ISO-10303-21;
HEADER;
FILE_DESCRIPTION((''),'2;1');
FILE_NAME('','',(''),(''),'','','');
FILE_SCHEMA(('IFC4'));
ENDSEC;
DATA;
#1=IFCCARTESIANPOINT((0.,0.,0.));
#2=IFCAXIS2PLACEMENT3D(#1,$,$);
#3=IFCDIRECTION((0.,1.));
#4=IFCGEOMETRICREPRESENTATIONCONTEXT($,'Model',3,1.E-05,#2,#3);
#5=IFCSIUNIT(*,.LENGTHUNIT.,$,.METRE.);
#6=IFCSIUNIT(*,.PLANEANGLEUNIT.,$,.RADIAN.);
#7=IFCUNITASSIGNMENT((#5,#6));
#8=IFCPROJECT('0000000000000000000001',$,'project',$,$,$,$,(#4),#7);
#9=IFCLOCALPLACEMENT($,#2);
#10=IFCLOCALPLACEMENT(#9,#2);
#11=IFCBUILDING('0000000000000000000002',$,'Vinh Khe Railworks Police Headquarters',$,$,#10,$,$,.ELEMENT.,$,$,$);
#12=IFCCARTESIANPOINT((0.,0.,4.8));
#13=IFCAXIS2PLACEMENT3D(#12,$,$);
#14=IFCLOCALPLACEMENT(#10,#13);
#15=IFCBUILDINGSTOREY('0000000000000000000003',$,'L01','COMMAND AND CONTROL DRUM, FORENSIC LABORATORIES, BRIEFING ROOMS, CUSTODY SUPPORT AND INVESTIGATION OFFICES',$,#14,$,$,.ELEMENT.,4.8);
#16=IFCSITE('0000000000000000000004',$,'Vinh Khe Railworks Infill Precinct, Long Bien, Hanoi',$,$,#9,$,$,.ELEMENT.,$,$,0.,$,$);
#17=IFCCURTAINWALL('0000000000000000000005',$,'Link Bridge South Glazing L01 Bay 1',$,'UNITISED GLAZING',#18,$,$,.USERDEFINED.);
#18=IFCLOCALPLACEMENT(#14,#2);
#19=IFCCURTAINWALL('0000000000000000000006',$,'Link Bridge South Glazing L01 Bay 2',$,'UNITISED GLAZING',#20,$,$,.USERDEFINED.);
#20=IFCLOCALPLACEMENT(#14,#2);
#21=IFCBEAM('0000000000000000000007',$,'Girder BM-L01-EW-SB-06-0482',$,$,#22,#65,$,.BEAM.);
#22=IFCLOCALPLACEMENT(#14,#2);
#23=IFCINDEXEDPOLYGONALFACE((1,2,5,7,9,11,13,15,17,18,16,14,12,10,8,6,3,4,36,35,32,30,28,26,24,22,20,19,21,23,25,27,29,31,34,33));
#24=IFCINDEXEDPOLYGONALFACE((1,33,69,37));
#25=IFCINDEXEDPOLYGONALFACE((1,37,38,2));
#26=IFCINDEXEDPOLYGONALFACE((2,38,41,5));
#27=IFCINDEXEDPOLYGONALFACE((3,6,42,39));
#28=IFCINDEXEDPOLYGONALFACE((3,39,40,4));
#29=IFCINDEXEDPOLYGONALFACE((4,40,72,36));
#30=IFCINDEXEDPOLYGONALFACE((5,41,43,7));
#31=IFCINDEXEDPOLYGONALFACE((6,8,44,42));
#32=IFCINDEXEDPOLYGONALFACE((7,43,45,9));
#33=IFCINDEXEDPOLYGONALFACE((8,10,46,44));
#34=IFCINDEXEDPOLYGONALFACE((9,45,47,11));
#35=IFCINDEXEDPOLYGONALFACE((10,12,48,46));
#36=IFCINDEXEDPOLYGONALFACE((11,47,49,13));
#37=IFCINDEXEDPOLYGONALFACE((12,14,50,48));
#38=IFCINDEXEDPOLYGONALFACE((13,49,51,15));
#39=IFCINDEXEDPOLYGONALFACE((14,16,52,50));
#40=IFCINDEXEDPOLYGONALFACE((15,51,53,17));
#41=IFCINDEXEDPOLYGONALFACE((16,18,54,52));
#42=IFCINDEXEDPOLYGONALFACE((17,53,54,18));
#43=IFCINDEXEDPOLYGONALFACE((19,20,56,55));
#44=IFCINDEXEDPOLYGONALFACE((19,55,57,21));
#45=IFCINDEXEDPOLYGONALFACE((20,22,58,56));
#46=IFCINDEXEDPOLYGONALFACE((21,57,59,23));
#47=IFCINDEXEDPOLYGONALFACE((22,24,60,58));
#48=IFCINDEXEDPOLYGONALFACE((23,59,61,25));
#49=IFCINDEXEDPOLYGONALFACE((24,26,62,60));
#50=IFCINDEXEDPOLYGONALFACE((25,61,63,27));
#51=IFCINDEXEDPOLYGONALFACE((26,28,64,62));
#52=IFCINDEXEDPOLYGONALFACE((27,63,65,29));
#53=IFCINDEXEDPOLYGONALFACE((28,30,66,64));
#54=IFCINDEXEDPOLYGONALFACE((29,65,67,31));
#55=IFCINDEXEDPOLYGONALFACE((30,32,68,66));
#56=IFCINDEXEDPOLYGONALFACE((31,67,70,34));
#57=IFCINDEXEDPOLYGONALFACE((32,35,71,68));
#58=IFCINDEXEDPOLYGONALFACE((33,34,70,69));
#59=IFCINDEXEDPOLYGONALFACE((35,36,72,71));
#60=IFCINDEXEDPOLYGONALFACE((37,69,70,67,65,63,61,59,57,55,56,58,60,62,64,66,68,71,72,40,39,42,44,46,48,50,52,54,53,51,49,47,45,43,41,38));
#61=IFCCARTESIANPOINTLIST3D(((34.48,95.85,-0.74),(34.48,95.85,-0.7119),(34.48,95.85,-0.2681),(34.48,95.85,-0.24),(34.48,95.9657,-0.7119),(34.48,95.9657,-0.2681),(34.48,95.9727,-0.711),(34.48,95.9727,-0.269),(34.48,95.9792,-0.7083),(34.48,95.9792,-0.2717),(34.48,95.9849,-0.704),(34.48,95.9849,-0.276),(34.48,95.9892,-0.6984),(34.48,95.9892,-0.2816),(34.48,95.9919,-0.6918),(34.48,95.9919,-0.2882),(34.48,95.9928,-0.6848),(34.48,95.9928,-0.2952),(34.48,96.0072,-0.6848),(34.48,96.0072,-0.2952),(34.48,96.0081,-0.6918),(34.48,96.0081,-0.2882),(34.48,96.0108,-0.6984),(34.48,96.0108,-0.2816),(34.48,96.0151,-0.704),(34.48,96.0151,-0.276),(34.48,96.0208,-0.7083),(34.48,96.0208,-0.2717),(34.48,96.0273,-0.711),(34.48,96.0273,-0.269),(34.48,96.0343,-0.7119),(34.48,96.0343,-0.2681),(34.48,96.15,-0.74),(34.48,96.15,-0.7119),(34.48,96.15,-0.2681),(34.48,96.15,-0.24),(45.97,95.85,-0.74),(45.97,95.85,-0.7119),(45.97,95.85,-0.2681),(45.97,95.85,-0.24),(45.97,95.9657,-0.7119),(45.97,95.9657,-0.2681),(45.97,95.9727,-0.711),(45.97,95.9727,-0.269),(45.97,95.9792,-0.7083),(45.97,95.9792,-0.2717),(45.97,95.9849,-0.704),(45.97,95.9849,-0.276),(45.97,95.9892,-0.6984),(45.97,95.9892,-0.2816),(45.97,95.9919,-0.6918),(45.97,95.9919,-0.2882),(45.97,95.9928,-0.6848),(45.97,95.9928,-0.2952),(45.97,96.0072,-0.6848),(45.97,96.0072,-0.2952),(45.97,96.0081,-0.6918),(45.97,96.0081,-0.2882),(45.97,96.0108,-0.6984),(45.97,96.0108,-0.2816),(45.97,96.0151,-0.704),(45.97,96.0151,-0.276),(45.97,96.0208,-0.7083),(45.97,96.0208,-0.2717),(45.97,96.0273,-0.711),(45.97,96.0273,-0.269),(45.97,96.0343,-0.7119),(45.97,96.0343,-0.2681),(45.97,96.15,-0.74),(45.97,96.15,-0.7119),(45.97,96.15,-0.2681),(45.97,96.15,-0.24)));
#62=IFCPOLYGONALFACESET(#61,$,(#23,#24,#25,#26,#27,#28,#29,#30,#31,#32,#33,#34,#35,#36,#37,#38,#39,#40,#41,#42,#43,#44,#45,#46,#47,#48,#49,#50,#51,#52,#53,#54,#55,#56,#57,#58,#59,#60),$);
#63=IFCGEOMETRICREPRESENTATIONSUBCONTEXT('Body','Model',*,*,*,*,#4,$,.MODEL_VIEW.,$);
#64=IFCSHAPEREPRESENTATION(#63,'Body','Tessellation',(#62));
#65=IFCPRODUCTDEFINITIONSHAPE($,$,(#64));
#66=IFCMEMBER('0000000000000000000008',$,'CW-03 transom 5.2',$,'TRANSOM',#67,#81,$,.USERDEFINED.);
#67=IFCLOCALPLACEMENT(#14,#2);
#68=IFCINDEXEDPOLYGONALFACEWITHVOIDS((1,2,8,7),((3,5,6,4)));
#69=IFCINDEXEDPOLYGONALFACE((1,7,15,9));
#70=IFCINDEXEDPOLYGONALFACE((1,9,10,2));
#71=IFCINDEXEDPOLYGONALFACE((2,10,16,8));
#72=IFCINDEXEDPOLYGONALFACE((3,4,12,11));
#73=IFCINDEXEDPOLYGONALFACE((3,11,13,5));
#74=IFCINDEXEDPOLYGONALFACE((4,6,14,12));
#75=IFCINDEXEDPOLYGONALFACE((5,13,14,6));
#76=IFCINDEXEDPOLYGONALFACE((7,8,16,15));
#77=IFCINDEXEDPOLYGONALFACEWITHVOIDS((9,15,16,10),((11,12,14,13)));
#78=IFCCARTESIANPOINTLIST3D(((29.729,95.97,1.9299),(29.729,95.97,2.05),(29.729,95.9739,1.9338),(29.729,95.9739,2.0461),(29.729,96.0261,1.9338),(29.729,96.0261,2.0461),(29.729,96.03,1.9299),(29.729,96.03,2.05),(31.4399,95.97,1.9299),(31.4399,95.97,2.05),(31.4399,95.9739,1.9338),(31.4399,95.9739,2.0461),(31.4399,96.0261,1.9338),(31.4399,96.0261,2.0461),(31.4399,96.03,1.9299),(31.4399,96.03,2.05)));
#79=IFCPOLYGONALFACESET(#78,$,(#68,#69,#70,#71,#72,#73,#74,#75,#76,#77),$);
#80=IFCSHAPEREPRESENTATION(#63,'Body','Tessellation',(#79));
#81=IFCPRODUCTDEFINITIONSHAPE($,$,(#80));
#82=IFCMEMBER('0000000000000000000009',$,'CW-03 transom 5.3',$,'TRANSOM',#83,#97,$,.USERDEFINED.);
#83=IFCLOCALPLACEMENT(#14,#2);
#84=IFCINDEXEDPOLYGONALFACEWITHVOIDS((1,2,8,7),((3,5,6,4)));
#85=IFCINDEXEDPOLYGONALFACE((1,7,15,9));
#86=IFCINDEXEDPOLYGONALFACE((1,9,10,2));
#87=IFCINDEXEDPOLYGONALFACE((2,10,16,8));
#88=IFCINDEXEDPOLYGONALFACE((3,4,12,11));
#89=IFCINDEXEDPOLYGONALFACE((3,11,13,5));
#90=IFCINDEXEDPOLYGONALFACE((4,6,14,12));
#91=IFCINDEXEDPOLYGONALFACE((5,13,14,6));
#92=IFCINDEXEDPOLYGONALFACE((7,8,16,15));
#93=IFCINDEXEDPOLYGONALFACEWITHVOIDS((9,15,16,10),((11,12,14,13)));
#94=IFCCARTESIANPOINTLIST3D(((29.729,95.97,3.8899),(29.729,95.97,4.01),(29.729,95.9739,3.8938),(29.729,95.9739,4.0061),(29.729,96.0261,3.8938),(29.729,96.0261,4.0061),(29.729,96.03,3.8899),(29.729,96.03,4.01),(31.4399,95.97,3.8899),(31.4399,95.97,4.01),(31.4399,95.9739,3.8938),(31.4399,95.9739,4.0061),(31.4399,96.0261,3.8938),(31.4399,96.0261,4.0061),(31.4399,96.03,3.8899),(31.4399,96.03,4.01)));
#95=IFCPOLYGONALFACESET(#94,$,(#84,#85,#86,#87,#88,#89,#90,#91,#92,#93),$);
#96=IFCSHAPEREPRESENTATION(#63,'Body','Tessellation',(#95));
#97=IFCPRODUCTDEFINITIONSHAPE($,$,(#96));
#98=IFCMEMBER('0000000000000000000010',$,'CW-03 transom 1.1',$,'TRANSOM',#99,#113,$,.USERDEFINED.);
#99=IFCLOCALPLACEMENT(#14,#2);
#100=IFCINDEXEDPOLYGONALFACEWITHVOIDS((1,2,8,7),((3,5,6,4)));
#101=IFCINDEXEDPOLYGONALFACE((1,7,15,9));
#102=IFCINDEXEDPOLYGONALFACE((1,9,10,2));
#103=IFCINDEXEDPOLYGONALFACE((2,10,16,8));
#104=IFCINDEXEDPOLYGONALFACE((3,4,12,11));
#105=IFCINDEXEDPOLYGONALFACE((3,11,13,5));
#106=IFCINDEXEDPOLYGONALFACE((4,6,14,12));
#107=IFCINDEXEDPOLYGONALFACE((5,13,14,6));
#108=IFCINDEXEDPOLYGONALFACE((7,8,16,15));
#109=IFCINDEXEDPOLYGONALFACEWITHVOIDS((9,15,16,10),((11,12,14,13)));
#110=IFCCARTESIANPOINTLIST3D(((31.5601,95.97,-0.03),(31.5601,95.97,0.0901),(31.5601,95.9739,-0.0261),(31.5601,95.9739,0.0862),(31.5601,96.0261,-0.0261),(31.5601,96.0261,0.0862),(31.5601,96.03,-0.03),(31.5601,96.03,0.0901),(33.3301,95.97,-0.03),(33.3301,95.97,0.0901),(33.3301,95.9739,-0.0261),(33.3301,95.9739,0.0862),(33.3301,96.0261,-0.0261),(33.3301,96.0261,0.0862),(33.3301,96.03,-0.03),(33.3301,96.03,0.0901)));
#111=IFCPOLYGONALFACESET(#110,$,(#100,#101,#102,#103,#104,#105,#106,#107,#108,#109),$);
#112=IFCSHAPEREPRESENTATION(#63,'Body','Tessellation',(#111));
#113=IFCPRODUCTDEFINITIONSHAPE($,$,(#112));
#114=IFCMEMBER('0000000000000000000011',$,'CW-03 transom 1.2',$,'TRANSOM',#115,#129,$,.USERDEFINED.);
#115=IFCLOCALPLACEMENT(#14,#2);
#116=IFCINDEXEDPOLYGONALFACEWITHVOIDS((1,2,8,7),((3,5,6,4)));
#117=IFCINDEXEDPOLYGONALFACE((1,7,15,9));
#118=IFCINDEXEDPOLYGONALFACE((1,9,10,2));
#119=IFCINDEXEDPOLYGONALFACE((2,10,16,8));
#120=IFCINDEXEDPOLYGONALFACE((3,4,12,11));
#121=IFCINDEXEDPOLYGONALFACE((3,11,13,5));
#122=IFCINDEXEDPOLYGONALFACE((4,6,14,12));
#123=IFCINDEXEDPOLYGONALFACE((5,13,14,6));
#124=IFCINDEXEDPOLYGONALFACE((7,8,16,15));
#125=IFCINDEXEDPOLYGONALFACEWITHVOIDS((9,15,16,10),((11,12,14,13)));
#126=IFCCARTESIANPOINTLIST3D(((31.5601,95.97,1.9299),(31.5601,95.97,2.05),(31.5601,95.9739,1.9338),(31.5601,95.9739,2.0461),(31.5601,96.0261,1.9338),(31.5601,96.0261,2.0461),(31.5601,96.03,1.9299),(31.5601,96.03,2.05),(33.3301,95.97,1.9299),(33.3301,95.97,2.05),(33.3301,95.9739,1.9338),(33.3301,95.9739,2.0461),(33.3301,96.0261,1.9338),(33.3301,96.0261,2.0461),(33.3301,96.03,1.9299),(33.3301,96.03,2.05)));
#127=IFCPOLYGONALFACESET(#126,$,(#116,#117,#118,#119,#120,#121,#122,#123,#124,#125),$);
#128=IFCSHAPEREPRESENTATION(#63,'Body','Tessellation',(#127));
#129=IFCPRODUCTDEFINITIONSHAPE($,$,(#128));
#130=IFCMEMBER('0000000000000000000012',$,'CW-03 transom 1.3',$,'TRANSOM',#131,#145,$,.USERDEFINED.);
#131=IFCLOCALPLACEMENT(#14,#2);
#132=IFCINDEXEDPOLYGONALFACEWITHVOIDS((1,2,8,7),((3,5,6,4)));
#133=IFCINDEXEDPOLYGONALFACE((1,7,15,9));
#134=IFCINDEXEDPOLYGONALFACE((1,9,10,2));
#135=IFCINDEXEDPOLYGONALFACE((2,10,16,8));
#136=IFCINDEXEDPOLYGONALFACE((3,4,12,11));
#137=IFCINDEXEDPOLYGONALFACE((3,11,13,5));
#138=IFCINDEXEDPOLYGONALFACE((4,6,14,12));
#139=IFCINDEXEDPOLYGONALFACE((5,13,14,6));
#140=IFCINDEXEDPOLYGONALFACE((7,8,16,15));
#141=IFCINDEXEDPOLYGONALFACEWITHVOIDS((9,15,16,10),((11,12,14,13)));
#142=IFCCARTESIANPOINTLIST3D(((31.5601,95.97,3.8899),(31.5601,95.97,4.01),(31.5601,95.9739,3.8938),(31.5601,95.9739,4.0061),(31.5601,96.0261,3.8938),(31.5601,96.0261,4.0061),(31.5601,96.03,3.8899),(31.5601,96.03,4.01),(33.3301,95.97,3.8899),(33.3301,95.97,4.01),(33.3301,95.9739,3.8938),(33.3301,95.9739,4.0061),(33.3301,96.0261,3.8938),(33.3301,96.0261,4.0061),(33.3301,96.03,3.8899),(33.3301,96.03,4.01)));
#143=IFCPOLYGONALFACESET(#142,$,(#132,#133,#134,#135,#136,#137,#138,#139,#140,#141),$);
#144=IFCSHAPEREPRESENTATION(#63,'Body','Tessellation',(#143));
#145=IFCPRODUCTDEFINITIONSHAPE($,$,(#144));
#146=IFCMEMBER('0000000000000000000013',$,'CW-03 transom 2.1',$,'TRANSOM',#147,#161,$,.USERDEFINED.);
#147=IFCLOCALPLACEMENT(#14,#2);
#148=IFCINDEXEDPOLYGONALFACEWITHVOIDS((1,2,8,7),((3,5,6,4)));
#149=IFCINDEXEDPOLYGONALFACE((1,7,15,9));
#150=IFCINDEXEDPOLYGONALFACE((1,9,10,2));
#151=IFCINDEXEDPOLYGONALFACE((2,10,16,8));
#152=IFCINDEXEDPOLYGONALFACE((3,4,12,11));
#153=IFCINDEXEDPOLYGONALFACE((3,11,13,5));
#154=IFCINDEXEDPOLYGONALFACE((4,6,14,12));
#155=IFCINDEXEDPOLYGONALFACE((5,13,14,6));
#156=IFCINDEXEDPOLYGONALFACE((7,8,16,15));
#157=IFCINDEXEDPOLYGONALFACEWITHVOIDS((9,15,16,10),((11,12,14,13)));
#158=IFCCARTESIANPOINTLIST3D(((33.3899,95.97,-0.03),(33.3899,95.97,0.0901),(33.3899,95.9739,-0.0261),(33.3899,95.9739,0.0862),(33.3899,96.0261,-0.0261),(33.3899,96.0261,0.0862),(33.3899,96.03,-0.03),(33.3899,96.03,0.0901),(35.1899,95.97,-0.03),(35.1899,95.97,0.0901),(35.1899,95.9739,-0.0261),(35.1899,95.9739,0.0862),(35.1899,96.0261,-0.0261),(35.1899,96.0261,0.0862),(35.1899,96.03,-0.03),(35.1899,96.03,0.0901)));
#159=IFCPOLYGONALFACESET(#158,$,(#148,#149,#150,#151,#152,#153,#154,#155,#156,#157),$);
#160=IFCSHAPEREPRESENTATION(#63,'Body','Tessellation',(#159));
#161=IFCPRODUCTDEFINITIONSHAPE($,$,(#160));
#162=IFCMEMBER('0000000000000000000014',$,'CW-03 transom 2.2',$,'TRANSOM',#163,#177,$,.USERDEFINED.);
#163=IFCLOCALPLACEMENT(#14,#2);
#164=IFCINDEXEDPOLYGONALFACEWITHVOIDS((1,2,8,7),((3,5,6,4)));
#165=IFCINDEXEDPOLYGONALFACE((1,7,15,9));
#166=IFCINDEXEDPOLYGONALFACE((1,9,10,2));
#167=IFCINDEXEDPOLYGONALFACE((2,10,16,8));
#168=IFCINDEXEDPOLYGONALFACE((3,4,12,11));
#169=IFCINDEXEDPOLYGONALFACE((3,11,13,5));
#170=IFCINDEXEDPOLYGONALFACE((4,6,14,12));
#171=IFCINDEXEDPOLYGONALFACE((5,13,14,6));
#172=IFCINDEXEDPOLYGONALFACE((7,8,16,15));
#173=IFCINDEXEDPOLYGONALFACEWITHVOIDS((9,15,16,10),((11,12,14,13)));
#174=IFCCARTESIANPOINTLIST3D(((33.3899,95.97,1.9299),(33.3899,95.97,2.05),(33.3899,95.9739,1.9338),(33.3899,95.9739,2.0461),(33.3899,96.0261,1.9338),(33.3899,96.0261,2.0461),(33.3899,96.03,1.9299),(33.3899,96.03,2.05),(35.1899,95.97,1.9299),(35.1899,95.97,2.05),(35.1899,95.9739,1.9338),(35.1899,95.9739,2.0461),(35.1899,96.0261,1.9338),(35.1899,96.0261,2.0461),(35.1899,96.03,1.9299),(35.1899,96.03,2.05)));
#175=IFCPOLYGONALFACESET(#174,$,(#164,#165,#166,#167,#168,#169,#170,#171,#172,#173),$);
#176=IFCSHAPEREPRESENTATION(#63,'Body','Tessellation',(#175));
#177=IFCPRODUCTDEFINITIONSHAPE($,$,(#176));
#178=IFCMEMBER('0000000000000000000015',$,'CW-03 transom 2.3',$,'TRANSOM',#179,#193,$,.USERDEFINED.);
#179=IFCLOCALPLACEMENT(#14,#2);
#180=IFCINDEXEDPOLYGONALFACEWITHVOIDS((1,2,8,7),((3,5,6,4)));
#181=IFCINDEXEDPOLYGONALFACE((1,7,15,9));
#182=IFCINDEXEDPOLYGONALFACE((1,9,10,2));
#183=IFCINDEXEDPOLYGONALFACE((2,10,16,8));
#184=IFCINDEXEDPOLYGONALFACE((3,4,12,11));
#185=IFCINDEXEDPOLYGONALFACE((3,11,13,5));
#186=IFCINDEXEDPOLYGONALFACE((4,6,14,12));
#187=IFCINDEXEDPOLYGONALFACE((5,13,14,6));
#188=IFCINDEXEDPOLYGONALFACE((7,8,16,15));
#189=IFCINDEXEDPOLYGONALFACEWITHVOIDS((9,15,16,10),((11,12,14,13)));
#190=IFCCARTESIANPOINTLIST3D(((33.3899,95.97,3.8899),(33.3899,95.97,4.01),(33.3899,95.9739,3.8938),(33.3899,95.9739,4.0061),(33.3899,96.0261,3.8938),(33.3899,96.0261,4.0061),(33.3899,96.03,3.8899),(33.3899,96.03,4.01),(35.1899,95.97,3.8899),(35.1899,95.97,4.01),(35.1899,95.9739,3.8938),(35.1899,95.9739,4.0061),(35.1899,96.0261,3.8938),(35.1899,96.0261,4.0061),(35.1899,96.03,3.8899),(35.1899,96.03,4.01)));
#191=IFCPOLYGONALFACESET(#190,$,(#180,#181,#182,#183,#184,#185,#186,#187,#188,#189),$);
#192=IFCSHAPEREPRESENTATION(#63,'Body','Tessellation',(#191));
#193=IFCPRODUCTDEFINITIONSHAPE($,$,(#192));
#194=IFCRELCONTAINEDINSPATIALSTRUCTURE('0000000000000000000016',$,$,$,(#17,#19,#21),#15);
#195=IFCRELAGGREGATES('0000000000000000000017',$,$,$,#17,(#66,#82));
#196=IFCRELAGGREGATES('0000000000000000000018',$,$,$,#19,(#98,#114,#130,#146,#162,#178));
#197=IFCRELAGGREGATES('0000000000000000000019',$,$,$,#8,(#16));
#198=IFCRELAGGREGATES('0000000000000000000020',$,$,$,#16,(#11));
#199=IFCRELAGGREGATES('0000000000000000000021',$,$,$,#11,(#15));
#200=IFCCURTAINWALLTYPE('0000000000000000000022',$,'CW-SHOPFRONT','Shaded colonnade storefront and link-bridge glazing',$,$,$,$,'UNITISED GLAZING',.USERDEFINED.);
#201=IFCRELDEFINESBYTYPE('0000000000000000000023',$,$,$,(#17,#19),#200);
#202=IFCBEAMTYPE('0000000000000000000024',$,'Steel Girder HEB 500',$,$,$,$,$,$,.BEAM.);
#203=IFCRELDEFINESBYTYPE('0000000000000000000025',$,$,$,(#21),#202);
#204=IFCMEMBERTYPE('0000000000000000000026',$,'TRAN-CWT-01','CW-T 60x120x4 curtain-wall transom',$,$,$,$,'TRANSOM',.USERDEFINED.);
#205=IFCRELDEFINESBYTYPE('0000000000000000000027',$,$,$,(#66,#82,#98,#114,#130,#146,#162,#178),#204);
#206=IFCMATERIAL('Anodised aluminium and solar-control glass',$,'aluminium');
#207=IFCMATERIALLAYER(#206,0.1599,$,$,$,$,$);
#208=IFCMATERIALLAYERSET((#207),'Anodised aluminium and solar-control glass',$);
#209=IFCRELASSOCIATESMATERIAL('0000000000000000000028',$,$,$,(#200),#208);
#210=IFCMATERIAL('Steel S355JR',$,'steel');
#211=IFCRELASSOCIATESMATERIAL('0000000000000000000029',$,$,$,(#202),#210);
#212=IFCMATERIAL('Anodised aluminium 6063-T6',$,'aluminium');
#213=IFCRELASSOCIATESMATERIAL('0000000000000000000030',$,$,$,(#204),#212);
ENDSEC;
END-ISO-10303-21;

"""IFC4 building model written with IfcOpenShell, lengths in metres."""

from ifc_helpers import new_model, si_unit, direction, frame, origin, origin_2d, place, context, subcontext, project, spatial, hollow_rectangle, i_section, extrude, material, layer, layer_set, material_profile, profile_set, type_object, element, aggregate, save


model = new_model("IFC4")

# Units and contexts
model_context = context("Model", 3, precision=1e-05, world=origin(), true_north=direction((0.0, 1.0)))
body_context = subcontext(model_context, "Body", "Model", "MODEL_VIEW")
ifc_project = project(units=[si_unit("LENGTHUNIT", "METRE"), si_unit("PLANEANGLEUNIT", "RADIAN")], contexts=[model_context])

# Site, building, storey
site_placement = place(None, origin())
site = spatial("IfcSite", under=ifc_project, at=site_placement, Name="Vinh Khe Railworks Infill Precinct, Long Bien, Hanoi", CompositionType="ELEMENT", RefElevation=0.0)
building_placement = place(site_placement, origin())
building = spatial("IfcBuilding", under=site, at=building_placement, Name="Vinh Khe Railworks Police Headquarters", CompositionType="ELEMENT")
storey_placement = place(building_placement, frame((0.0, 0.0, 4.8)))
storey = spatial("IfcBuildingStorey", under=building, at=storey_placement, Name="L01", Description="COMMAND AND CONTROL DRUM, FORENSIC LABORATORIES, BRIEFING ROOMS, CUSTODY SUPPORT AND INVESTIGATION OFFICES", CompositionType="ELEMENT", Elevation=4.8)

# Shared definitions
ifc_material_1 = material(Name="Steel S355JR", Category="steel")

# Curtain wall
ifc_material_2 = material(Name="Anodised aluminium and solar-control glass", Category="aluminium")
ifc_layer_1 = layer(ifc_material_2, 0.1599)
ifc_layer_set_1 = layer_set([ifc_layer_1], Name="Anodised aluminium and solar-control glass")
curtain_wall_type = type_object("IfcCurtainWallType", Name="CW-SHOPFRONT", Description="Shaded colonnade storefront and link-bridge glazing", ElementType="UNITISED GLAZING", PredefinedType="USERDEFINED", material=ifc_layer_set_1)
curtain_wall_1_placement = place(storey_placement, origin())
curtain_wall_1 = element("IfcCurtainWall", 1, at=curtain_wall_1_placement, inside=storey, type_object=curtain_wall_type, Name="Link Bridge South Glazing L01 Bay 1", ObjectType="UNITISED GLAZING", PredefinedType="USERDEFINED")
ifc_material_3 = material(Name="Anodised aluminium 6063-T6", Category="aluminium")

# Curtain wall
curtain_wall_2_placement = place(storey_placement, origin())
curtain_wall_2 = element("IfcCurtainWall", 2, at=curtain_wall_2_placement, inside=storey, type_object=curtain_wall_type, Name="Link Bridge South Glazing L01 Bay 2", ObjectType="UNITISED GLAZING", PredefinedType="USERDEFINED")

# Beam
ifc_material_profile_1 = material_profile(ifc_material_1, i_section(OverallWidth=0.3, OverallDepth=0.5, WebThickness=0.0144, FlangeThickness=0.0281, FilletRadius=0.0271, at=origin_2d()), Name="HEB 500")
ifc_profile_set_1 = profile_set([ifc_material_profile_1], Name="Steel S355JR")
beam_type_1 = type_object("IfcBeamType", Name="Steel Girder HEB 500", PredefinedType="BEAM", material=ifc_profile_set_1)
beam_1_placement = place(storey_placement, frame((34.48, 96.0, -0.49), z_axis=(1.0, 0.0, 0.0), x_axis=(0.0, 1.0, 0.0)))
element("IfcBeam", 3, at=beam_1_placement, inside=storey, type_object=beam_type_1, Name="Girder BM-L01-EW-SB-06-0482", PredefinedType="BEAM", context=body_context, shape_type="SweptSolid", body=[
    extrude(i_section(OverallWidth=0.3, OverallDepth=0.5, WebThickness=0.0144, FlangeThickness=0.0281, FilletRadius=0.0271, at=origin_2d()), origin(), (0.0, 0.0, 1.0), 11.49),
])

# Members
ifc_material_profile_2 = material_profile(ifc_material_3, hollow_rectangle(XDim=0.0601, YDim=0.1201, WallThickness=0.0039, at=origin_2d()), Name="CW-T 60x120x4")
ifc_profile_set_2 = profile_set([ifc_material_profile_2], Name="Anodised aluminium 6063-T6")
member_type_1 = type_object("IfcMemberType", Name="TRAN-CWT-01", Description="CW-T 60x120x4 curtain-wall transom", ElementType="TRANSOM", PredefinedType="USERDEFINED", material=ifc_profile_set_2)
member_1_placement = place(storey_placement, frame((29.729, 96.0, 1.99), z_axis=(1.0, 0.0, 0.0), x_axis=(0.0, 1.0, 0.0)))
member_1 = element("IfcMember", 4, at=member_1_placement, type_object=member_type_1, Name="CW-03 transom 5.2", ObjectType="TRANSOM", PredefinedType="USERDEFINED", context=body_context, shape_type="SweptSolid", body=[
    extrude(hollow_rectangle(XDim=0.0601, YDim=0.1201, WallThickness=0.0039, at=origin_2d()), origin(), (0.0, 0.0, 1.0), 1.7109),
])
member_2_placement = place(storey_placement, frame((29.729, 96.0, 3.95), z_axis=(1.0, 0.0, 0.0), x_axis=(0.0, 1.0, 0.0)))
member_2 = element("IfcMember", 5, at=member_2_placement, type_object=member_type_1, Name="CW-03 transom 5.3", ObjectType="TRANSOM", PredefinedType="USERDEFINED", context=body_context, shape_type="SweptSolid", body=[
    extrude(hollow_rectangle(XDim=0.0601, YDim=0.1201, WallThickness=0.0039, at=origin_2d()), origin(), (0.0, 0.0, 1.0), 1.7109),
])
member_3_placement = place(storey_placement, frame((31.5601, 96.0, 0.03), z_axis=(1.0, 0.0, 0.0), x_axis=(0.0, 1.0, 0.0)))
member_3 = element("IfcMember", 6, at=member_3_placement, type_object=member_type_1, Name="CW-03 transom 1.1", ObjectType="TRANSOM", PredefinedType="USERDEFINED", context=body_context, shape_type="SweptSolid", body=[
    extrude(hollow_rectangle(XDim=0.0601, YDim=0.1201, WallThickness=0.0039, at=origin_2d()), origin(), (0.0, 0.0, 1.0), 1.77),
])
member_4_placement = place(storey_placement, frame((31.5601, 96.0, 1.99), z_axis=(1.0, 0.0, 0.0), x_axis=(0.0, 1.0, 0.0)))
member_4 = element("IfcMember", 7, at=member_4_placement, type_object=member_type_1, Name="CW-03 transom 1.2", ObjectType="TRANSOM", PredefinedType="USERDEFINED", context=body_context, shape_type="SweptSolid", body=[
    extrude(hollow_rectangle(XDim=0.0601, YDim=0.1201, WallThickness=0.0039, at=origin_2d()), origin(), (0.0, 0.0, 1.0), 1.77),
])
member_5_placement = place(storey_placement, frame((31.5601, 96.0, 3.95), z_axis=(1.0, 0.0, 0.0), x_axis=(0.0, 1.0, 0.0)))
member_5 = element("IfcMember", 8, at=member_5_placement, type_object=member_type_1, Name="CW-03 transom 1.3", ObjectType="TRANSOM", PredefinedType="USERDEFINED", context=body_context, shape_type="SweptSolid", body=[
    extrude(hollow_rectangle(XDim=0.0601, YDim=0.1201, WallThickness=0.0039, at=origin_2d()), origin(), (0.0, 0.0, 1.0), 1.77),
])
member_6_placement = place(storey_placement, frame((33.3899, 96.0, 0.03), z_axis=(1.0, 0.0, 0.0), x_axis=(0.0, 1.0, 0.0)))
member_6 = element("IfcMember", 9, at=member_6_placement, type_object=member_type_1, Name="CW-03 transom 2.1", ObjectType="TRANSOM", PredefinedType="USERDEFINED", context=body_context, shape_type="SweptSolid", body=[
    extrude(hollow_rectangle(XDim=0.0601, YDim=0.1201, WallThickness=0.0039, at=origin_2d()), origin(), (0.0, 0.0, 1.0), 1.8),
])
member_7_placement = place(storey_placement, frame((33.3899, 96.0, 1.99), z_axis=(1.0, 0.0, 0.0), x_axis=(0.0, 1.0, 0.0)))
member_7 = element("IfcMember", 10, at=member_7_placement, type_object=member_type_1, Name="CW-03 transom 2.2", ObjectType="TRANSOM", PredefinedType="USERDEFINED", context=body_context, shape_type="SweptSolid", body=[
    extrude(hollow_rectangle(XDim=0.0601, YDim=0.1201, WallThickness=0.0039, at=origin_2d()), origin(), (0.0, 0.0, 1.0), 1.8),
])
member_8_placement = place(storey_placement, frame((33.3899, 96.0, 3.95), z_axis=(1.0, 0.0, 0.0), x_axis=(0.0, 1.0, 0.0)))
member_8 = element("IfcMember", 11, at=member_8_placement, type_object=member_type_1, Name="CW-03 transom 2.3", ObjectType="TRANSOM", PredefinedType="USERDEFINED", context=body_context, shape_type="SweptSolid", body=[
    extrude(hollow_rectangle(XDim=0.0601, YDim=0.1201, WallThickness=0.0039, at=origin_2d()), origin(), (0.0, 0.0, 1.0), 1.8),
])

aggregate(curtain_wall_1, [member_1, member_2])
aggregate(curtain_wall_2, [member_3, member_4, member_5, member_6, member_7, member_8])

save(model, "model.ifc")
